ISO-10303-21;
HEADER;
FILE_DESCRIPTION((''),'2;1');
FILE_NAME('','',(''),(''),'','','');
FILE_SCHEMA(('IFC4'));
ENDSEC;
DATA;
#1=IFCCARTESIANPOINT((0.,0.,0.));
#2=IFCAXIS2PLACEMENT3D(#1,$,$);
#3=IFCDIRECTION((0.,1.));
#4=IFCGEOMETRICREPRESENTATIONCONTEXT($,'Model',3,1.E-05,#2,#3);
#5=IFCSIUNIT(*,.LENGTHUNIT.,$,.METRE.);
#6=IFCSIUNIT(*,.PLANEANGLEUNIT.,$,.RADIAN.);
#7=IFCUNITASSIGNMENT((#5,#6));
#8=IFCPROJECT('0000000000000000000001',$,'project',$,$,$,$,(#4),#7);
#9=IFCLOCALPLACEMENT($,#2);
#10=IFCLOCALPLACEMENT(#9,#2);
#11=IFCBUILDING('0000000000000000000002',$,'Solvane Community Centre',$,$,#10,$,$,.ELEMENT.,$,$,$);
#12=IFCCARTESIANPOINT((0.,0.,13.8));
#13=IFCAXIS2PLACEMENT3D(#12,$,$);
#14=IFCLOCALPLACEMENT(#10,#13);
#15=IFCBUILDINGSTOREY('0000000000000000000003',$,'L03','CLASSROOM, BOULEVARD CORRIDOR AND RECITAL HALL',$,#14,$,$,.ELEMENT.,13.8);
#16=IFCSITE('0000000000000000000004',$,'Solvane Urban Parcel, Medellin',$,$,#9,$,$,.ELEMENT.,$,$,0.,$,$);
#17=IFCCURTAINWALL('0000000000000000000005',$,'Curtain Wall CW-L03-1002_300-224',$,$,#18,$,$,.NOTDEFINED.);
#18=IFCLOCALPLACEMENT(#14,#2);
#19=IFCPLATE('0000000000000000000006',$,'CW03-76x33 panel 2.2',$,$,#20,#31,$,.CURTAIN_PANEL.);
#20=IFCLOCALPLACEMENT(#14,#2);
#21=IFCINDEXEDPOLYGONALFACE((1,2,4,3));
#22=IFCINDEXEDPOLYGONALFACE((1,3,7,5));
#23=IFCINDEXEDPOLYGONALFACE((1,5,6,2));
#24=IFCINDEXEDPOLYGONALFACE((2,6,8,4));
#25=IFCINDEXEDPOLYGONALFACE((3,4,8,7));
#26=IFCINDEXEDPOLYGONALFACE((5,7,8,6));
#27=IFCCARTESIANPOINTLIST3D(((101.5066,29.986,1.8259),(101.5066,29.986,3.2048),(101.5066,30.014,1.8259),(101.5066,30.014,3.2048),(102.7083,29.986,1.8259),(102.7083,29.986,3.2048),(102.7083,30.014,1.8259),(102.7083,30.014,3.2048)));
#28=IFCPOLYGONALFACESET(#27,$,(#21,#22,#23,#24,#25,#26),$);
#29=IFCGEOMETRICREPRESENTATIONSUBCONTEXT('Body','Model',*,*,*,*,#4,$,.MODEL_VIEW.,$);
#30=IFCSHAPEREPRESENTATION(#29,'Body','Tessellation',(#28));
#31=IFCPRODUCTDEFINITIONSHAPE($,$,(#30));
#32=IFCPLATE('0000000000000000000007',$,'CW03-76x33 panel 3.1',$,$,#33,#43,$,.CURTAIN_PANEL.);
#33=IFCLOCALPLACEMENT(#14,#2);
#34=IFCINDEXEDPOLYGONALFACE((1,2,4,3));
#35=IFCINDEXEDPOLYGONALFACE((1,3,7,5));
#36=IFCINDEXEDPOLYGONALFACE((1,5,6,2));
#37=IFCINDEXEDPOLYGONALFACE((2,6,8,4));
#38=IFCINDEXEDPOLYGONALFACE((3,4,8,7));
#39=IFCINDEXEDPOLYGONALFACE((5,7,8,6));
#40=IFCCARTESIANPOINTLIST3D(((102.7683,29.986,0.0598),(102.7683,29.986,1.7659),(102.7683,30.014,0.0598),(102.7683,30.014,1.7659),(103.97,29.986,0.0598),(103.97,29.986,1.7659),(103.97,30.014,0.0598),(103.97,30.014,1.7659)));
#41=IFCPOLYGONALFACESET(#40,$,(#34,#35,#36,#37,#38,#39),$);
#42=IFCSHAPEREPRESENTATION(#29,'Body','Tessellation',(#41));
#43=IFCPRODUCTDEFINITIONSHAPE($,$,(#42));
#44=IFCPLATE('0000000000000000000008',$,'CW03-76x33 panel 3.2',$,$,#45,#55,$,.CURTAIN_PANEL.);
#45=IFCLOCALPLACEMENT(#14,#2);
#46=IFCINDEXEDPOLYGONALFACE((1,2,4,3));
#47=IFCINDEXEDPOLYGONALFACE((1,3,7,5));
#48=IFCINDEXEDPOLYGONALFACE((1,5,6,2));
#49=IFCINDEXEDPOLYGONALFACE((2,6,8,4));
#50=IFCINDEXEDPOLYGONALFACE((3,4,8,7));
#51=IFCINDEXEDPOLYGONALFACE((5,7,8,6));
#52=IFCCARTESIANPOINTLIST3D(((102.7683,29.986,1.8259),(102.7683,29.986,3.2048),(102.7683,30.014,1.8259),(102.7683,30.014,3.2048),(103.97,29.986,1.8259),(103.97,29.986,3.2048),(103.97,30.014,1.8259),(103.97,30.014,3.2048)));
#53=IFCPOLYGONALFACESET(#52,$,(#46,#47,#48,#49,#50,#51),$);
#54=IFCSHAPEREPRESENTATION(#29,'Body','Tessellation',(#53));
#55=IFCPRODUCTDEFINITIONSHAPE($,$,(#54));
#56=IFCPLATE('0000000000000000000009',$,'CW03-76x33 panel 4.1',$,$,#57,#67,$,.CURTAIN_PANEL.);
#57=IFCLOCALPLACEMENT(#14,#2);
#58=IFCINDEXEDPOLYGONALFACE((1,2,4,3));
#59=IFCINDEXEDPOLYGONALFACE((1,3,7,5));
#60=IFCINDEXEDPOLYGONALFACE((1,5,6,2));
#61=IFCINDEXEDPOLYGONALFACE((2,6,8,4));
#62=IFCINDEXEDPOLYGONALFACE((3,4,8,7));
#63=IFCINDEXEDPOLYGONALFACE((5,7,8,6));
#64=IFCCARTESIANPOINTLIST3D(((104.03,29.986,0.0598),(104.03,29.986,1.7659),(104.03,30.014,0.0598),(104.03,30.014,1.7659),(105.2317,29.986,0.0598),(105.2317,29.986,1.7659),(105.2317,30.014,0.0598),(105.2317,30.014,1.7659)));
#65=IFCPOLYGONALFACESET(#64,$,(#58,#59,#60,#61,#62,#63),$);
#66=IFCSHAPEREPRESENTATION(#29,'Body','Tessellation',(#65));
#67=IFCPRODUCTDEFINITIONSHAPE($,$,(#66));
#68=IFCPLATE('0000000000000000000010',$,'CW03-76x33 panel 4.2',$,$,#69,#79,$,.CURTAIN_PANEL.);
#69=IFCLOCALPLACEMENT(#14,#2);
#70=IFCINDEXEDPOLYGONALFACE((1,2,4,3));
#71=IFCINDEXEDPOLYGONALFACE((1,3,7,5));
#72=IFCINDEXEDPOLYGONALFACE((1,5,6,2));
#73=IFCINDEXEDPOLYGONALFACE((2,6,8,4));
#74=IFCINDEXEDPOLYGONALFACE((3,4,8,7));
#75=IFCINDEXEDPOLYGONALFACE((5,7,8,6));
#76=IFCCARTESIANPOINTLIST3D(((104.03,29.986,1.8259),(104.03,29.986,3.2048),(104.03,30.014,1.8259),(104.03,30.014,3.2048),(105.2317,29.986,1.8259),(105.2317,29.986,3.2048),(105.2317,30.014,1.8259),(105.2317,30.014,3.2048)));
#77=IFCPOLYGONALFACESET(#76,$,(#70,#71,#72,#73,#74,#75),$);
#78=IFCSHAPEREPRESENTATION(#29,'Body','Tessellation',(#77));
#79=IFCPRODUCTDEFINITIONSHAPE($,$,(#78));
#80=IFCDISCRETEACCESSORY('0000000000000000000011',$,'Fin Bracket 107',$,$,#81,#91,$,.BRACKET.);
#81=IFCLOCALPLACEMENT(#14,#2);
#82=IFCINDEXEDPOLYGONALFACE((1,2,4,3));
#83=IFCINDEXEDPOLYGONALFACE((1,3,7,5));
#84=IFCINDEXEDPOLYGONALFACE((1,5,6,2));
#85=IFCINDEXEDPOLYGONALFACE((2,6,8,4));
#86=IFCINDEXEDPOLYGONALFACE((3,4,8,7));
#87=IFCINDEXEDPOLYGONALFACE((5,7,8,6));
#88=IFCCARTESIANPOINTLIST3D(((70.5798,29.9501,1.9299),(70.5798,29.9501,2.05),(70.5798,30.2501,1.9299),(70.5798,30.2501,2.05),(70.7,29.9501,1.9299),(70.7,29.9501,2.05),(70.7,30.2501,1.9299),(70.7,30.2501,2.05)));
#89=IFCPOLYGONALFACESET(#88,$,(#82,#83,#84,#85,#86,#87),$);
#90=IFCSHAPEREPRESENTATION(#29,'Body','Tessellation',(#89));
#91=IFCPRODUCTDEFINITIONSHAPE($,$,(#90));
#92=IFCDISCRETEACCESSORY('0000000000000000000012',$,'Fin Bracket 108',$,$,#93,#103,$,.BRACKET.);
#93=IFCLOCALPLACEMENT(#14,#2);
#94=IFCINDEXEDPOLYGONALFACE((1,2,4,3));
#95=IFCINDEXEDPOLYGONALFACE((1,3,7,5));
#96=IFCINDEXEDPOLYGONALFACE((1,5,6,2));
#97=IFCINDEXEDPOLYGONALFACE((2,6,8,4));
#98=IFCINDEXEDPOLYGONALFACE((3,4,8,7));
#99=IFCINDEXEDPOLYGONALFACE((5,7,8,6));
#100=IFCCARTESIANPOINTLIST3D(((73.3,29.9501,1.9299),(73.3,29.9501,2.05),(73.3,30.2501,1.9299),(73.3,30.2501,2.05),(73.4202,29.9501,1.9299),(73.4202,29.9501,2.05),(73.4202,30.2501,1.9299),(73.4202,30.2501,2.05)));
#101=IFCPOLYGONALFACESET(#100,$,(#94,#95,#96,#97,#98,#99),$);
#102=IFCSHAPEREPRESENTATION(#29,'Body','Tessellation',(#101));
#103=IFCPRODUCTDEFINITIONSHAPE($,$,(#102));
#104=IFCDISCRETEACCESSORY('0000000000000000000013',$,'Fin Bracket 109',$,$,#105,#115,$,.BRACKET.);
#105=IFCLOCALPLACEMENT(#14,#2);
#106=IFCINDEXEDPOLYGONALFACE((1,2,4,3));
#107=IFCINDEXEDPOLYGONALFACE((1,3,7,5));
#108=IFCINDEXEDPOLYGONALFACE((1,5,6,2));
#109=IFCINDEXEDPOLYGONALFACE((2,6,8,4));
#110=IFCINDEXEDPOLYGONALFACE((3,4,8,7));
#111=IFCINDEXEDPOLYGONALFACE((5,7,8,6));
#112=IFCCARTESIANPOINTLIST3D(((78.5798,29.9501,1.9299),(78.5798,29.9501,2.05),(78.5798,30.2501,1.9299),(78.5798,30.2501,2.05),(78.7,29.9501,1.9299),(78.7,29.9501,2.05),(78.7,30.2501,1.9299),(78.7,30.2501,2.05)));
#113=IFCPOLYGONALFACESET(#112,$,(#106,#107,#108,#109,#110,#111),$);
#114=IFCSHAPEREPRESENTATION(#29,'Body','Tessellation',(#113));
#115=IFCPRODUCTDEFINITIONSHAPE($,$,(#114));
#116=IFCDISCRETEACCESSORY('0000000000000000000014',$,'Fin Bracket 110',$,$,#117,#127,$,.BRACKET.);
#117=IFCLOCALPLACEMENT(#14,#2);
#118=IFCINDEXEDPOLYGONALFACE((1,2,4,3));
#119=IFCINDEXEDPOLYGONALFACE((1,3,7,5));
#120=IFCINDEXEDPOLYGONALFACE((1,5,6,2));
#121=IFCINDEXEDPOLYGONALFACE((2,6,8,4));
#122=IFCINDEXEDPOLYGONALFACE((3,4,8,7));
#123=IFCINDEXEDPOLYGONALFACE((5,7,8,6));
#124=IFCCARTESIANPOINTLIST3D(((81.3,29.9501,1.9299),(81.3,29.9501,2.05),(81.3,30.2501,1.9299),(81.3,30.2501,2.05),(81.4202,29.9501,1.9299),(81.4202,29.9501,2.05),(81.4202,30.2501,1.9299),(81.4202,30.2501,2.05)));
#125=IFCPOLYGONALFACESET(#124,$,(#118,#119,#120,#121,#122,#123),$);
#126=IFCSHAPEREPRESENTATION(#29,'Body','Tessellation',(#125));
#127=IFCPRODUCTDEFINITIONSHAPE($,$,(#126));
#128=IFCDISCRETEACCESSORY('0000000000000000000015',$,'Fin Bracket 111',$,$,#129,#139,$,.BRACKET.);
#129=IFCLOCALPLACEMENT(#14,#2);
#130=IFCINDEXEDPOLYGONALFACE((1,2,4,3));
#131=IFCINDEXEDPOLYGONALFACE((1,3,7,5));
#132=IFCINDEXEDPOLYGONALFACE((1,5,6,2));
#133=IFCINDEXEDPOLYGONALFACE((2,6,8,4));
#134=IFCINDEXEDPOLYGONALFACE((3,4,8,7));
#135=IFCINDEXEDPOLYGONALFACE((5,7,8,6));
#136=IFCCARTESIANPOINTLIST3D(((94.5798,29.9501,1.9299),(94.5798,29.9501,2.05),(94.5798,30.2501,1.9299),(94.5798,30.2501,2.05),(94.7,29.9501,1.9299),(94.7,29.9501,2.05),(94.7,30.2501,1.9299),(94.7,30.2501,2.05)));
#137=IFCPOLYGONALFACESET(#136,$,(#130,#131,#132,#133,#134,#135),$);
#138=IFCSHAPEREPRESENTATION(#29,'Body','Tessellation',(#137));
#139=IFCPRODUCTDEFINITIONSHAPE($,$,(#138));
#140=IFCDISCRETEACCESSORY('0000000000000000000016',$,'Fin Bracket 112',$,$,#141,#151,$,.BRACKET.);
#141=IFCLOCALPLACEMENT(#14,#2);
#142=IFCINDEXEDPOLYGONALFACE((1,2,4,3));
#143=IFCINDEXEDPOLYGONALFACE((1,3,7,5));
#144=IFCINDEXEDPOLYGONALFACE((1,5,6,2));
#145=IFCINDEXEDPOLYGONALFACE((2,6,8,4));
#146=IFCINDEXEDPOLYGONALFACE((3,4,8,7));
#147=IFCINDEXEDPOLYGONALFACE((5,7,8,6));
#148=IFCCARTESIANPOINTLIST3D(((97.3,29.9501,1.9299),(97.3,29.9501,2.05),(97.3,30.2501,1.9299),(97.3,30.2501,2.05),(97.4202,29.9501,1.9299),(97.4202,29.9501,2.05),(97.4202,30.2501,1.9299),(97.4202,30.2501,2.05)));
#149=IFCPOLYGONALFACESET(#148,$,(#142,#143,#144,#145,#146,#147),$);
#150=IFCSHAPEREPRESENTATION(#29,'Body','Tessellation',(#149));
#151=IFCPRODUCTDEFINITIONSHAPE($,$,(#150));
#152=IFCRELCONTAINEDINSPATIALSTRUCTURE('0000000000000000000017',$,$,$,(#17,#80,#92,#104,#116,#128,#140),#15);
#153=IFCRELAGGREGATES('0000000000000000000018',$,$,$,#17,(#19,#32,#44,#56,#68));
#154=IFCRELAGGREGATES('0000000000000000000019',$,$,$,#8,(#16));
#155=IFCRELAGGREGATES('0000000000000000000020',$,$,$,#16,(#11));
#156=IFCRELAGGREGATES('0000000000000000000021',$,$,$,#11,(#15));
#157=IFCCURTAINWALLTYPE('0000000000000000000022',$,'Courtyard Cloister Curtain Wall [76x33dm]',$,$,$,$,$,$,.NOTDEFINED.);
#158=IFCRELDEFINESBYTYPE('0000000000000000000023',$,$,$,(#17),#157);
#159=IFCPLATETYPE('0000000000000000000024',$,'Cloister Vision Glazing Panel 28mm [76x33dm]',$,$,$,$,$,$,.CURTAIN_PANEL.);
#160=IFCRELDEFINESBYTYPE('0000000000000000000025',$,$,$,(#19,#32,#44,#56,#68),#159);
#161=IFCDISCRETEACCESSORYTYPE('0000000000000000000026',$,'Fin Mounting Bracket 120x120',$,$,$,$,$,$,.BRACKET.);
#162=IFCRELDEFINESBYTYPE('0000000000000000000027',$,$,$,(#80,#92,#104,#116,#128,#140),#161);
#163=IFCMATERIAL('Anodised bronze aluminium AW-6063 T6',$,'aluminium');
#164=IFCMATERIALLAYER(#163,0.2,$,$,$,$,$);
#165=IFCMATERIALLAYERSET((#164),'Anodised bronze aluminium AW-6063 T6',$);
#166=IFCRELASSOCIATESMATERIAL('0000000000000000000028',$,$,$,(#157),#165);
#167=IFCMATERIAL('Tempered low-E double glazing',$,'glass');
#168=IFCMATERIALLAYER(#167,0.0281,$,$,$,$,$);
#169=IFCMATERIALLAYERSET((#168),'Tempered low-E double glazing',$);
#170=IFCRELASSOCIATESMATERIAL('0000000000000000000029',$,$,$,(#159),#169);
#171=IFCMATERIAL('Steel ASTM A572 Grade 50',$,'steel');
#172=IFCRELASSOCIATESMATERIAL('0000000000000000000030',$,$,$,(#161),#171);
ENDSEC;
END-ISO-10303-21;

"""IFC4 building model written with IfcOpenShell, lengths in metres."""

from ifc_helpers import new_model, si_unit, direction, frame, origin, origin_2d, place, context, subcontext, project, spatial, rectangle, extrude, material, layer, layer_set, type_object, element, aggregate, save


model = new_model("IFC4")

# Units and contexts
model_context = context("Model", 3, precision=1e-05, world=origin(), true_north=direction((0.0, 1.0)))
body_context = subcontext(model_context, "Body", "Model", "MODEL_VIEW")
ifc_project = project(units=[si_unit("LENGTHUNIT", "METRE"), si_unit("PLANEANGLEUNIT", "RADIAN")], contexts=[model_context])

# Site, building, storey
site_placement = place(None, origin())
site = spatial("IfcSite", under=ifc_project, at=site_placement, Name="Solvane Urban Parcel, Medellin", CompositionType="ELEMENT", RefElevation=0.0)
building_placement = place(site_placement, origin())
building = spatial("IfcBuilding", under=site, at=building_placement, Name="Solvane Community Centre", CompositionType="ELEMENT")
storey_placement = place(building_placement, frame((0.0, 0.0, 13.8)))
storey = spatial("IfcBuildingStorey", under=building, at=storey_placement, Name="L03", Description="CLASSROOM, BOULEVARD CORRIDOR AND RECITAL HALL", CompositionType="ELEMENT", Elevation=13.8)

# Curtain wall, plates
ifc_material_1 = material(Name="Anodised bronze aluminium AW-6063 T6", Category="aluminium")
ifc_layer_1 = layer(ifc_material_1, 0.2)
ifc_layer_set_1 = layer_set([ifc_layer_1], Name="Anodised bronze aluminium AW-6063 T6")
curtain_wall_type = type_object("IfcCurtainWallType", Name="Courtyard Cloister Curtain Wall [76x33dm]", PredefinedType="NOTDEFINED", material=ifc_layer_set_1)
curtain_wall_placement = place(storey_placement, origin())
curtain_wall = element("IfcCurtainWall", 1, at=curtain_wall_placement, inside=storey, type_object=curtain_wall_type, Name="Curtain Wall CW-L03-1002_300-224", PredefinedType="NOTDEFINED")
ifc_material_2 = material(Name="Tempered low-E double glazing", Category="glass")
ifc_layer_2 = layer(ifc_material_2, 0.0281)
ifc_layer_set_2 = layer_set([ifc_layer_2], Name="Tempered low-E double glazing")
plate_type = type_object("IfcPlateType", Name="Cloister Vision Glazing Panel 28mm [76x33dm]", PredefinedType="CURTAIN_PANEL", material=ifc_layer_set_2)
plate_1_placement = place(storey_placement, frame((102.1074, 30.0, 1.8259), z_axis=(0.0, 0.0, 1.0), x_axis=(1.0, 0.0, 0.0)))
plate_1 = element("IfcPlate", 2, at=plate_1_placement, type_object=plate_type, Name="CW03-76x33 panel 2.2", PredefinedType="CURTAIN_PANEL", context=body_context, shape_type="SweptSolid", body=[
    extrude(rectangle(XDim=1.2017, YDim=0.0281, at=origin_2d()), origin(), (0.0, 0.0, 1.0), 1.3789),
])
plate_2_placement = place(storey_placement, frame((103.3691, 30.0, 0.0598), z_axis=(0.0, 0.0, 1.0), x_axis=(1.0, 0.0, 0.0)))
plate_2 = element("IfcPlate", 3, at=plate_2_placement, type_object=plate_type, Name="CW03-76x33 panel 3.1", PredefinedType="CURTAIN_PANEL", context=body_context, shape_type="SweptSolid", body=[
    extrude(rectangle(XDim=1.2017, YDim=0.0281, at=origin_2d()), origin(), (0.0, 0.0, 1.0), 1.7061),
])
plate_3_placement = place(storey_placement, frame((103.3691, 30.0, 1.8259), z_axis=(0.0, 0.0, 1.0), x_axis=(1.0, 0.0, 0.0)))
plate_3 = element("IfcPlate", 4, at=plate_3_placement, type_object=plate_type, Name="CW03-76x33 panel 3.2", PredefinedType="CURTAIN_PANEL", context=body_context, shape_type="SweptSolid", body=[
    extrude(rectangle(XDim=1.2017, YDim=0.0281, at=origin_2d()), origin(), (0.0, 0.0, 1.0), 1.3789),
])
plate_4_placement = place(storey_placement, frame((104.6309, 30.0, 0.0598), z_axis=(0.0, 0.0, 1.0), x_axis=(1.0, 0.0, 0.0)))
plate_4 = element("IfcPlate", 5, at=plate_4_placement, type_object=plate_type, Name="CW03-76x33 panel 4.1", PredefinedType="CURTAIN_PANEL", context=body_context, shape_type="SweptSolid", body=[
    extrude(rectangle(XDim=1.2017, YDim=0.0281, at=origin_2d()), origin(), (0.0, 0.0, 1.0), 1.7061),
])
plate_5_placement = place(storey_placement, frame((104.6309, 30.0, 1.8259), z_axis=(0.0, 0.0, 1.0), x_axis=(1.0, 0.0, 0.0)))
plate_5 = element("IfcPlate", 6, at=plate_5_placement, type_object=plate_type, Name="CW03-76x33 panel 4.2", PredefinedType="CURTAIN_PANEL", context=body_context, shape_type="SweptSolid", body=[
    extrude(rectangle(XDim=1.2017, YDim=0.0281, at=origin_2d()), origin(), (0.0, 0.0, 1.0), 1.3789),
])
aggregate(curtain_wall, [plate_1, plate_2, plate_3, plate_4, plate_5])

# Discrete accessories
ifc_material_3 = material(Name="Steel ASTM A572 Grade 50", Category="steel")
discrete_accessory_type = type_object("IfcDiscreteAccessoryType", Name="Fin Mounting Bracket 120x120", PredefinedType="BRACKET", material=ifc_material_3)
for number, where, z_axis, x_axis, name in (
    (7, (70.6399, 30.1001, 1.9299), (0.0, 0.0, 1.0), (1.0, 0.0, 0.0), "Fin Bracket 107"),
    (8, (73.3601, 30.1001, 1.9299), (0.0, 0.0, 1.0), (1.0, 0.0, 0.0), "Fin Bracket 108"),
    (9, (78.6399, 30.1001, 1.9299), (0.0, 0.0, 1.0), (1.0, 0.0, 0.0), "Fin Bracket 109"),
    (10, (81.3601, 30.1001, 1.9299), (0.0, 0.0, 1.0), (1.0, 0.0, 0.0), "Fin Bracket 110"),
    (11, (94.6399, 30.1001, 1.9299), (0.0, 0.0, 1.0), (1.0, 0.0, 0.0), "Fin Bracket 111"),
    (12, (97.3601, 30.1001, 1.9299), (0.0, 0.0, 1.0), (1.0, 0.0, 0.0), "Fin Bracket 112"),
):
    element("IfcDiscreteAccessory", number, at=place(storey_placement, frame(where, z_axis=z_axis, x_axis=x_axis)), inside=storey, type_object=discrete_accessory_type, Name=name, PredefinedType="BRACKET", context=body_context, shape_type="SweptSolid", body=[
        extrude(rectangle(XDim=0.1201, YDim=0.3, at=origin_2d()), origin(), (0.0, 0.0, 1.0), 0.1201),
    ])

save(model, "model.ifc")
